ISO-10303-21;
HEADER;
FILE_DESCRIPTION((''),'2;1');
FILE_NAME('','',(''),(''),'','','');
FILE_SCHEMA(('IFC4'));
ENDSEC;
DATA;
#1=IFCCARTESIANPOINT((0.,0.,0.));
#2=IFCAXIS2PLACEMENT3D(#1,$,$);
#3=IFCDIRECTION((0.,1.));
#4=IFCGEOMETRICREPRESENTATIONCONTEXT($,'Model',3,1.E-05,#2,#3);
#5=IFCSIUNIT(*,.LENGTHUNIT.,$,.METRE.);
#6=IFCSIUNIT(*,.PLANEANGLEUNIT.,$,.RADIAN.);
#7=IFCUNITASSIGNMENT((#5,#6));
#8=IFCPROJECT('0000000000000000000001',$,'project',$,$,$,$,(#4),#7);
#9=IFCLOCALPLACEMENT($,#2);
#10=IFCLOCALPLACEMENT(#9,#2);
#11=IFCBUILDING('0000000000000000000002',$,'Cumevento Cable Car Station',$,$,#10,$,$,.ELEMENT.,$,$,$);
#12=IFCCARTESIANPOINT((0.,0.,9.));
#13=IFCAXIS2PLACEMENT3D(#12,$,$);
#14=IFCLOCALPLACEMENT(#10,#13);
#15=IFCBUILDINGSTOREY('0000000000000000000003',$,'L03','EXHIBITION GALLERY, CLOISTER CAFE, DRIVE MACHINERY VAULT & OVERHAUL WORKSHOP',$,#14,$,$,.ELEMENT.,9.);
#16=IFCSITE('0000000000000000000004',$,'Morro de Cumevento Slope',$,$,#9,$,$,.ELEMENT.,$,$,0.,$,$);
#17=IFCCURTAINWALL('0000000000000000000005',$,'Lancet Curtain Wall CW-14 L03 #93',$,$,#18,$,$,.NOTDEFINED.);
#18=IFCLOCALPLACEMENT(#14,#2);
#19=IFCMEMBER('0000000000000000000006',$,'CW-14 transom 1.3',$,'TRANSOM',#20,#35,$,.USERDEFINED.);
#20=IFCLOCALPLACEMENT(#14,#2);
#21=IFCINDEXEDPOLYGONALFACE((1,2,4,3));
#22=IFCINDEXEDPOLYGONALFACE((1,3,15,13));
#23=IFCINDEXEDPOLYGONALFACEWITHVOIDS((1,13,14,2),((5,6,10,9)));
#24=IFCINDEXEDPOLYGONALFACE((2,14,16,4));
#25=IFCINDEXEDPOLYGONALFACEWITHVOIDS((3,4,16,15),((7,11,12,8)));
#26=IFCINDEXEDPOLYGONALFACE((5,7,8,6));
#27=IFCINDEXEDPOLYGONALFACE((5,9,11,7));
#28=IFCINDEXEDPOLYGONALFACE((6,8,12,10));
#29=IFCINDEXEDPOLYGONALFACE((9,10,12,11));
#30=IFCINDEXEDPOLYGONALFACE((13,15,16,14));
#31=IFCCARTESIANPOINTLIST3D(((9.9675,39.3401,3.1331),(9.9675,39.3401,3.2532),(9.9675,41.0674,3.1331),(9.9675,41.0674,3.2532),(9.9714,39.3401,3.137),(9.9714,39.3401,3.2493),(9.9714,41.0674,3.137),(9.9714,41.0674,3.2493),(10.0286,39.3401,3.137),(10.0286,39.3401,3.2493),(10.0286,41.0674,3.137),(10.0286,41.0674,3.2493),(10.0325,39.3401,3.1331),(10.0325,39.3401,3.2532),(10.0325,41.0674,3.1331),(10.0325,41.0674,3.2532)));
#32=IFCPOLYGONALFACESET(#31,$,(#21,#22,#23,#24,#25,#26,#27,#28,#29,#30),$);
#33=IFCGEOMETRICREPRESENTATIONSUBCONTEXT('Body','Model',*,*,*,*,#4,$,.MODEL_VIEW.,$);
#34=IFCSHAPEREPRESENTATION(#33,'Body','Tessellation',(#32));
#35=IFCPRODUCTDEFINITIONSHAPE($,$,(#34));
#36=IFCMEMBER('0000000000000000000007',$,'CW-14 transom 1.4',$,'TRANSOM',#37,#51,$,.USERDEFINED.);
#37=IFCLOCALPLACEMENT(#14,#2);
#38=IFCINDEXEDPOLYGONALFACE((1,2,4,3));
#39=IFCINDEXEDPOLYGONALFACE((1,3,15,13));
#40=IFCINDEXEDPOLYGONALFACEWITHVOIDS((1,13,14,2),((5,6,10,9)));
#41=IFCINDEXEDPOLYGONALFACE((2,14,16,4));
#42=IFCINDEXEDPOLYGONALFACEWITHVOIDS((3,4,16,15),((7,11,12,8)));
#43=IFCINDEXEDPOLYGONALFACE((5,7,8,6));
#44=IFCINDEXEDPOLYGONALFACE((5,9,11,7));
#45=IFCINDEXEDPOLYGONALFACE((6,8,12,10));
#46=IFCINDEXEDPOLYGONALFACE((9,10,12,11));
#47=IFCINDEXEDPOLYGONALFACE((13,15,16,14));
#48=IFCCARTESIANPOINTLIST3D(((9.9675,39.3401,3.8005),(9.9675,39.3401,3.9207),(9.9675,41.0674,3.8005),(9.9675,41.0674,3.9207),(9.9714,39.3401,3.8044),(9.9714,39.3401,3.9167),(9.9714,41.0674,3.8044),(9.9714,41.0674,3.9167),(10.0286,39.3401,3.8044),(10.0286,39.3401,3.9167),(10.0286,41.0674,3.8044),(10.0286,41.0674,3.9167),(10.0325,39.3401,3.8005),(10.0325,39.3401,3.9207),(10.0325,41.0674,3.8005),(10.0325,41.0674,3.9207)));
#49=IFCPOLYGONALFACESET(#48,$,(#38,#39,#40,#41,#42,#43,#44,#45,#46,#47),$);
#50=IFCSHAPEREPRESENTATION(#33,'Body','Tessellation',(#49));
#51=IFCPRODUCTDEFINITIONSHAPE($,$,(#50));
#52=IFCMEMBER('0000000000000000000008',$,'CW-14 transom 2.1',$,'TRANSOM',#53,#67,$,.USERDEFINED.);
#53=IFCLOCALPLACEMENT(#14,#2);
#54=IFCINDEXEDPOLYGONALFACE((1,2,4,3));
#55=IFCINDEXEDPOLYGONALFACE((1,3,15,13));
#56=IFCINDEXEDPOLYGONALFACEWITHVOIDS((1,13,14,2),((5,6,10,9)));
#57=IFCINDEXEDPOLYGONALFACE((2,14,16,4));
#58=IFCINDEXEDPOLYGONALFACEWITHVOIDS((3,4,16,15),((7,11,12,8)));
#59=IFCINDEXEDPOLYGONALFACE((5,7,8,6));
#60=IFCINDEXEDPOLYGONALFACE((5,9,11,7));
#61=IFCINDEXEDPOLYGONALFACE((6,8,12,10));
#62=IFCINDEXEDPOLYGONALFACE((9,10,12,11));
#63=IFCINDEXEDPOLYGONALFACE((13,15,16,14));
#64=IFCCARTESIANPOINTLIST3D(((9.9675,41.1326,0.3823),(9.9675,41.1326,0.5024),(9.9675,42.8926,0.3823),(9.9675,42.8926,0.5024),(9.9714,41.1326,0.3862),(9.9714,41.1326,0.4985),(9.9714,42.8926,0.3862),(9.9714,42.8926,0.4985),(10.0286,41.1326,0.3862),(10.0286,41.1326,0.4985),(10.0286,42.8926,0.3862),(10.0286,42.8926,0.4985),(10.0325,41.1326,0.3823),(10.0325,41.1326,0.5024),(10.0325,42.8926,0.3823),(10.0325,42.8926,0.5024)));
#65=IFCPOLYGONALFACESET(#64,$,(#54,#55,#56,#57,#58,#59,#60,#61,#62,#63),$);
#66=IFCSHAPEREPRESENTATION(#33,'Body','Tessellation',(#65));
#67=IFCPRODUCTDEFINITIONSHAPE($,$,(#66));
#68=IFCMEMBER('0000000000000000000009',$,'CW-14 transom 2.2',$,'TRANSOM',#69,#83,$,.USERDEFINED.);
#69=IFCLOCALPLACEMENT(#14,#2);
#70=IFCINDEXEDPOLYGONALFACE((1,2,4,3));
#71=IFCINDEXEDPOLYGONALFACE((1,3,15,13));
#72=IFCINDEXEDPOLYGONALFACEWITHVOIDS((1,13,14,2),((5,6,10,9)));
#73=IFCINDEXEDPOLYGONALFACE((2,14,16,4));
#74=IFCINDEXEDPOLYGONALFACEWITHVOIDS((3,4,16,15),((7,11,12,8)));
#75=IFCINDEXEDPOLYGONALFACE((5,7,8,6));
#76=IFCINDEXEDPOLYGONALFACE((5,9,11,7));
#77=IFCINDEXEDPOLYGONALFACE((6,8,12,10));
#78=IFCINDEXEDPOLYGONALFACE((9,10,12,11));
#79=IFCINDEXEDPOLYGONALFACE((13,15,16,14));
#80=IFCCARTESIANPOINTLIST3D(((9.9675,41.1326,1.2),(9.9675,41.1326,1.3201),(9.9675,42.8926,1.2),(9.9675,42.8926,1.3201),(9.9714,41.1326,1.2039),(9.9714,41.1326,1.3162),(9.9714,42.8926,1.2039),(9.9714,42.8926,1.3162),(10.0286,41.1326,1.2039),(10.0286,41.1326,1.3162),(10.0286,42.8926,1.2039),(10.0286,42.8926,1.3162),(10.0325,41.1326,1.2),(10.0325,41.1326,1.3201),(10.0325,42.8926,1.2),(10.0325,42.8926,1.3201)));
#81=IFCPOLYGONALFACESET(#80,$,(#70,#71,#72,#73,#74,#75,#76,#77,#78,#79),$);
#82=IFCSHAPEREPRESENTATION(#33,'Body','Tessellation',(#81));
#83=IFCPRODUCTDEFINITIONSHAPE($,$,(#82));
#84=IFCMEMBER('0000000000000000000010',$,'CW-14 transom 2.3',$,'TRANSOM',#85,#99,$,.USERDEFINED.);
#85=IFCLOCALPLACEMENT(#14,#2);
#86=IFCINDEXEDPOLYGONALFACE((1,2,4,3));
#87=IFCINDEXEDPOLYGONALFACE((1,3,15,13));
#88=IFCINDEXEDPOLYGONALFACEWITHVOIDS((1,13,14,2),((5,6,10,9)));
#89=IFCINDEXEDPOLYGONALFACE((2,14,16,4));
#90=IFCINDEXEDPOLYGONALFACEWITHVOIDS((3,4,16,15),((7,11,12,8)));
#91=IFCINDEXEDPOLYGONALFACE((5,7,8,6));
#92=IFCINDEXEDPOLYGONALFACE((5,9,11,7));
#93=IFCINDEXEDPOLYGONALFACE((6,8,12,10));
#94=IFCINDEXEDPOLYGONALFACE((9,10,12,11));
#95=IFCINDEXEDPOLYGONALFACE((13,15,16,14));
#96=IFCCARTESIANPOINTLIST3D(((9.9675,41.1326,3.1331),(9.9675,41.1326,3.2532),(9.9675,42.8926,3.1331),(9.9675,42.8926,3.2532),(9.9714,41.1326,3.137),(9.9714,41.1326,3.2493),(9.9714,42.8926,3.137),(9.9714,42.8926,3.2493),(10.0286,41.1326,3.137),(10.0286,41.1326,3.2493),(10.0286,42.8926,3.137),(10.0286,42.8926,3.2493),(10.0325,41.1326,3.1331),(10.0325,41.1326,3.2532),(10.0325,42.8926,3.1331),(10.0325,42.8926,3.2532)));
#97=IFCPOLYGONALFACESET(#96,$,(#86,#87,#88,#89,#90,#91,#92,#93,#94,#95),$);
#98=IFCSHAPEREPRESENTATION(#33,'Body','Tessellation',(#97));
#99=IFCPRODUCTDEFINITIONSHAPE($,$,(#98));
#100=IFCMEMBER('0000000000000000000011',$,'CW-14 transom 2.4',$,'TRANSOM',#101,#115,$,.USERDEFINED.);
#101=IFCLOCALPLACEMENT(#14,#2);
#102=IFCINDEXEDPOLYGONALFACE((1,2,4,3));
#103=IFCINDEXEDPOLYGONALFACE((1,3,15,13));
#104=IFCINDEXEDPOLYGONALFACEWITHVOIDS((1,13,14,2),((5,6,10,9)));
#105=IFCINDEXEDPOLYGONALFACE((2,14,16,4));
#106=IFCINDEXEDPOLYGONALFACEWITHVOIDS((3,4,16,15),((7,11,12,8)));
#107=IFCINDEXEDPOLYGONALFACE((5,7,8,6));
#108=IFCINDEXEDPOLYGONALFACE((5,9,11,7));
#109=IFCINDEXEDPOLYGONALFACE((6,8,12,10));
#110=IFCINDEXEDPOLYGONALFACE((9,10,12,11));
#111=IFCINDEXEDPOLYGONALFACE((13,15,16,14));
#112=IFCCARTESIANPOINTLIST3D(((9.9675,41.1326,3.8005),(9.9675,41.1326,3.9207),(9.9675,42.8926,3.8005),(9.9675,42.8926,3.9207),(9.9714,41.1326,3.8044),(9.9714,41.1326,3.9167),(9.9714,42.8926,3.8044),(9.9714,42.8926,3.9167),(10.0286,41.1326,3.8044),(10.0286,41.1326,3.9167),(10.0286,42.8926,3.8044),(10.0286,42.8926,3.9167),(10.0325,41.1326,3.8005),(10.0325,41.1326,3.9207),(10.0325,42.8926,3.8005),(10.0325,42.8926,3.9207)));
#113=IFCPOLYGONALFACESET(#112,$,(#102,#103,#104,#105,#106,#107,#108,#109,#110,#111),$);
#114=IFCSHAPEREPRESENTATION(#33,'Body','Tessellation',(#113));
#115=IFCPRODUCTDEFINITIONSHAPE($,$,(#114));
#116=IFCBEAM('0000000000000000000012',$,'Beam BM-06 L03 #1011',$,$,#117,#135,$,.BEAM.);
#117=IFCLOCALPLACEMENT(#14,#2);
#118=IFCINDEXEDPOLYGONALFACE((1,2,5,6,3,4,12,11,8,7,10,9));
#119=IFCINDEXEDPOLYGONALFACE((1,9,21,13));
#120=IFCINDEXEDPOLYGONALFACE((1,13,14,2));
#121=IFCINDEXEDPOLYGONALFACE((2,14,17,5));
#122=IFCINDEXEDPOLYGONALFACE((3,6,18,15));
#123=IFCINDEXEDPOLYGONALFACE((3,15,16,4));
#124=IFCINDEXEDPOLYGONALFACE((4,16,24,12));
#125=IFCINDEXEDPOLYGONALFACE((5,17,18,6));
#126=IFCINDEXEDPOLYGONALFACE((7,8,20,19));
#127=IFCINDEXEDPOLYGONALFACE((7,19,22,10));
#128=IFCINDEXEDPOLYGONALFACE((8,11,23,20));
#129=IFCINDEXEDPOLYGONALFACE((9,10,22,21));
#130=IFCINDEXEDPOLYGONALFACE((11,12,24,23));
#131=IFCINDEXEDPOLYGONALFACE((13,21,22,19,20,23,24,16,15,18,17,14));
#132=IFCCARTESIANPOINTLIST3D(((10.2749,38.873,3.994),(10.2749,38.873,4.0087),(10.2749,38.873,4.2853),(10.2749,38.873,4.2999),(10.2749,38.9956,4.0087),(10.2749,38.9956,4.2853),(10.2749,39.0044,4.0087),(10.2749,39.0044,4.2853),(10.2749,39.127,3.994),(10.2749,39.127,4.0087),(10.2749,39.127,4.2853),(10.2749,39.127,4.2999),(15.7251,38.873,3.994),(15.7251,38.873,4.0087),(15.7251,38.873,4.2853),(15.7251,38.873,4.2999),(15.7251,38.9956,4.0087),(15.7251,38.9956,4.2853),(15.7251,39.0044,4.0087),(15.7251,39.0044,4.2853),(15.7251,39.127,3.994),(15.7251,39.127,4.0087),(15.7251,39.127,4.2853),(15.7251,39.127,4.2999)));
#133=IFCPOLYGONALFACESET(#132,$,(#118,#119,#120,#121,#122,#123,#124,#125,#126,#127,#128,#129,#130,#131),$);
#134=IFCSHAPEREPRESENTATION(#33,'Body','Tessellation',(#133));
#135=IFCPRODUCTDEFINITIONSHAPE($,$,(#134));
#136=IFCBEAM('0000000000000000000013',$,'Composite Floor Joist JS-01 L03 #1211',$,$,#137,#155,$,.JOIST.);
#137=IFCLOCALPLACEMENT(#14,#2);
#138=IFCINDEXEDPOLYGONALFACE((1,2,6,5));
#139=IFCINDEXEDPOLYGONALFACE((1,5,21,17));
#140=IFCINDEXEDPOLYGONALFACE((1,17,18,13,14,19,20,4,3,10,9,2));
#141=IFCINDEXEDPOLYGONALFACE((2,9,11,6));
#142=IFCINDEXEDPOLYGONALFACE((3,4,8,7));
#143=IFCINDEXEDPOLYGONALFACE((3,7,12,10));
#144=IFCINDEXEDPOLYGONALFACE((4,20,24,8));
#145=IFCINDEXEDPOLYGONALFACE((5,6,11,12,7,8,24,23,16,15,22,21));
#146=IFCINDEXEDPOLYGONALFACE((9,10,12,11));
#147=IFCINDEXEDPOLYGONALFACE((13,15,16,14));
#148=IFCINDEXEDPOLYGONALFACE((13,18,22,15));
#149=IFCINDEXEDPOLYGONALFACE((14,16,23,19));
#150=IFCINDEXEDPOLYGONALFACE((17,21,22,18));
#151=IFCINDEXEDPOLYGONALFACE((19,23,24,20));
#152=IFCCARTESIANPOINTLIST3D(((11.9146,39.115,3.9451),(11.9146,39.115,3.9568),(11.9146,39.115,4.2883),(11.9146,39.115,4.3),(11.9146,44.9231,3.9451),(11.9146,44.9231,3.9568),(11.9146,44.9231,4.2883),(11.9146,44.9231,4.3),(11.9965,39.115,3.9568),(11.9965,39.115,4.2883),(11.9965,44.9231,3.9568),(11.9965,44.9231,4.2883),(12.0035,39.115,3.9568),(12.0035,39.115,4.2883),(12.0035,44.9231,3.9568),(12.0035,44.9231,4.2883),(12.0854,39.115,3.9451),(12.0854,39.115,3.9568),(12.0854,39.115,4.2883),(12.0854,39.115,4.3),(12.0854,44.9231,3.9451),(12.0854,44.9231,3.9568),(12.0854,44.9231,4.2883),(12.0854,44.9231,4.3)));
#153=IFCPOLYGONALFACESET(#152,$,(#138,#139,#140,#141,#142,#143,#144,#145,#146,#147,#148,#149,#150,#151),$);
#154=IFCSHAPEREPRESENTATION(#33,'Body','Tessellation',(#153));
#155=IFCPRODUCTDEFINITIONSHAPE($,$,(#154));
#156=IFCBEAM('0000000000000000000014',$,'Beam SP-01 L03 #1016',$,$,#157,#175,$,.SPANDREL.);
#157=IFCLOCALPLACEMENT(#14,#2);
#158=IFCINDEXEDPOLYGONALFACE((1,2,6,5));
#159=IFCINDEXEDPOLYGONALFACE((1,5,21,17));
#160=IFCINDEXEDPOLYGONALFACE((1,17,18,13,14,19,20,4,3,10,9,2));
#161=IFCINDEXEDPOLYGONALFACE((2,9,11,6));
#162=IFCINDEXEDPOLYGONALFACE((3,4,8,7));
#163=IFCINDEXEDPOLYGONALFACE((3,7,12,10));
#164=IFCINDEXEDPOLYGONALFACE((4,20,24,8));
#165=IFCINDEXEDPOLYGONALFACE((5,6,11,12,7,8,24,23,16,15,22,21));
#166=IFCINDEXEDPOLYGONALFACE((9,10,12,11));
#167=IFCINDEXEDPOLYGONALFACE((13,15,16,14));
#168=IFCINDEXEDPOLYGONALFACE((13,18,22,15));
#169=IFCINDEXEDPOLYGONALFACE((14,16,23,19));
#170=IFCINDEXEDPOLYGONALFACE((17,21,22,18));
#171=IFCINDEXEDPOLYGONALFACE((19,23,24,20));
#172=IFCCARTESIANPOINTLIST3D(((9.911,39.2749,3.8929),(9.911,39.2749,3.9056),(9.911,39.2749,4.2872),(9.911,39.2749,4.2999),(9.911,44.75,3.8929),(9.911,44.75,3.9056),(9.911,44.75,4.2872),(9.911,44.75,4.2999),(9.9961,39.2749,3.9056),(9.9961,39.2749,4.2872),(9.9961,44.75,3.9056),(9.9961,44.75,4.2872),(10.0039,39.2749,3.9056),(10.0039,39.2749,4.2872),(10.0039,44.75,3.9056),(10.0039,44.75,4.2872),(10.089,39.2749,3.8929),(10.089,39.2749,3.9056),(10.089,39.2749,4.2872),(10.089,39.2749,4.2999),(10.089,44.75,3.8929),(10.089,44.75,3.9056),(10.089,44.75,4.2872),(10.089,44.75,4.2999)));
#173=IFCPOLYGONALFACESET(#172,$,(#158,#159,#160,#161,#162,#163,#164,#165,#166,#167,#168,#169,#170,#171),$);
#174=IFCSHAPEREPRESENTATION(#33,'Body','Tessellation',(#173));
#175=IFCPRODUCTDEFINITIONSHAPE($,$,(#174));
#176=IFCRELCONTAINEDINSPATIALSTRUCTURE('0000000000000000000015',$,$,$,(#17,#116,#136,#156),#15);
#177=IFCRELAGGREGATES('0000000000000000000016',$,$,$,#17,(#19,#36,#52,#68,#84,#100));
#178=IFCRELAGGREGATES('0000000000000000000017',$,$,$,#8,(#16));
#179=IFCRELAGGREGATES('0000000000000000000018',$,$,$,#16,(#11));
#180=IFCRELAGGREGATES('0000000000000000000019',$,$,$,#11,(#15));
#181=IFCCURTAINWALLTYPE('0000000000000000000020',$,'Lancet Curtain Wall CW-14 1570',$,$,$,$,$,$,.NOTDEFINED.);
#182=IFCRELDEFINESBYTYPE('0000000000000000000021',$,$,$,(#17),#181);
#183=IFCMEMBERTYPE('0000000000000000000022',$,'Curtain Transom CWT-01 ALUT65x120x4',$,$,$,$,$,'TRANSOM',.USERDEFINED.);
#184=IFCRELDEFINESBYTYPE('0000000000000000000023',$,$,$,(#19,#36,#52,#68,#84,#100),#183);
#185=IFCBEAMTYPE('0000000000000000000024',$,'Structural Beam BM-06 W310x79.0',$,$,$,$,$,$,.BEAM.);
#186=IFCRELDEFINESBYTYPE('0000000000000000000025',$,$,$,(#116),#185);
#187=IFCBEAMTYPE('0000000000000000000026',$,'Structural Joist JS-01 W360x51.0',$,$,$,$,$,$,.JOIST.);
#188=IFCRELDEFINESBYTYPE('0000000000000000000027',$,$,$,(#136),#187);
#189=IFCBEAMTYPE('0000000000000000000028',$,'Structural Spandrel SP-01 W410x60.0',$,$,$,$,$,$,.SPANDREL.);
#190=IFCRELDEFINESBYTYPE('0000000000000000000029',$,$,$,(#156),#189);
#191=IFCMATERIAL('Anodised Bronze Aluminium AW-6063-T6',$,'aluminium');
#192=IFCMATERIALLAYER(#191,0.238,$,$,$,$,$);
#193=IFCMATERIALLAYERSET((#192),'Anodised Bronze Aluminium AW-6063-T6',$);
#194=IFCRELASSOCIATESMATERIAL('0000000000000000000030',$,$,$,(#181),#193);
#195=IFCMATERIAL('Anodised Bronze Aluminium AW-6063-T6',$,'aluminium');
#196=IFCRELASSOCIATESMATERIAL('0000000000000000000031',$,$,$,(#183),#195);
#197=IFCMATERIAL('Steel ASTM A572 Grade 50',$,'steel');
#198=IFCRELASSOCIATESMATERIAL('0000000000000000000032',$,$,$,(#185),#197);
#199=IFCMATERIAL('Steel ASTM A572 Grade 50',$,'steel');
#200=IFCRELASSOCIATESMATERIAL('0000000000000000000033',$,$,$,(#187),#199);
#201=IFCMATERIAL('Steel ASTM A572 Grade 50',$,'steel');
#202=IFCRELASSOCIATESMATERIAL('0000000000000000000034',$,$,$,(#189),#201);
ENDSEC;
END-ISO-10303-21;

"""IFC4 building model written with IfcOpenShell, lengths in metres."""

from ifc_helpers import new_model, si_unit, direction, frame, origin, origin_2d, place, context, subcontext, project, spatial, hollow_rectangle, i_section, extrude, material, layer, layer_set, material_profile, profile_set, type_object, element, aggregate, save


model = new_model("IFC4")

# Units and contexts
model_context = context("Model", 3, precision=1e-05, world=origin(), true_north=direction((0.0, 1.0)))
body_context = subcontext(model_context, "Body", "Model", "MODEL_VIEW")
ifc_project = project(units=[si_unit("LENGTHUNIT", "METRE"), si_unit("PLANEANGLEUNIT", "RADIAN")], contexts=[model_context])

# Site, building, storey
site_placement = place(None, origin())
site = spatial("IfcSite", under=ifc_project, at=site_placement, Name="Morro de Cumevento Slope", CompositionType="ELEMENT", RefElevation=0.0)
building_placement = place(site_placement, origin())
building = spatial("IfcBuilding", under=site, at=building_placement, Name="Cumevento Cable Car Station", CompositionType="ELEMENT")
storey_placement = place(building_placement, frame((0.0, 0.0, 9.0)))
storey = spatial("IfcBuildingStorey", under=building, at=storey_placement, Name="L03", Description="EXHIBITION GALLERY, CLOISTER CAFE, DRIVE MACHINERY VAULT & OVERHAUL WORKSHOP", CompositionType="ELEMENT", Elevation=9.0)

# Curtain wall
ifc_material_1 = material(Name="Anodised Bronze Aluminium AW-6063-T6", Category="aluminium")
ifc_layer_1 = layer(ifc_material_1, 0.238)
ifc_layer_set_1 = layer_set([ifc_layer_1], Name="Anodised Bronze Aluminium AW-6063-T6")
curtain_wall_type_1 = type_object("IfcCurtainWallType", Name="Lancet Curtain Wall CW-14 1570", PredefinedType="NOTDEFINED", material=ifc_layer_set_1)
curtain_wall_1_placement = place(storey_placement, origin())
curtain_wall_1 = element("IfcCurtainWall", 1, at=curtain_wall_1_placement, inside=storey, type_object=curtain_wall_type_1, Name="Lancet Curtain Wall CW-14 L03 #93", PredefinedType="NOTDEFINED")

# Members
ifc_material_2 = material(Name="Anodised Bronze Aluminium AW-6063-T6", Category="aluminium")
ifc_material_profile_1 = material_profile(ifc_material_2, hollow_rectangle(XDim=0.0649, YDim=0.1201, WallThickness=0.0039, at=origin_2d()), Name="ALUT65x120x4")
ifc_profile_set_1 = profile_set([ifc_material_profile_1], Name="Anodised Bronze Aluminium AW-6063-T6")
member_type_1 = type_object("IfcMemberType", Name="Curtain Transom CWT-01 ALUT65x120x4", ElementType="TRANSOM", PredefinedType="USERDEFINED", material=ifc_profile_set_1)
member_1_placement = place(storey_placement, frame((10.0, 39.3401, 3.1931), z_axis=(0.0, 1.0, 0.0), x_axis=(-1.0, 0.0, 0.0)))
member_1 = element("IfcMember", 2, at=member_1_placement, type_object=member_type_1, Name="CW-14 transom 1.3", ObjectType="TRANSOM", PredefinedType="USERDEFINED", context=body_context, shape_type="SweptSolid", body=[
    extrude(hollow_rectangle(XDim=0.0649, YDim=0.1201, WallThickness=0.0039, at=origin_2d()), origin(), (0.0, 0.0, 1.0), 1.7273),
])
member_2_placement = place(storey_placement, frame((10.0, 39.3401, 3.8606), z_axis=(0.0, 1.0, 0.0), x_axis=(-1.0, 0.0, 0.0)))
member_2 = element("IfcMember", 3, at=member_2_placement, type_object=member_type_1, Name="CW-14 transom 1.4", ObjectType="TRANSOM", PredefinedType="USERDEFINED", context=body_context, shape_type="SweptSolid", body=[
    extrude(hollow_rectangle(XDim=0.0649, YDim=0.1201, WallThickness=0.0039, at=origin_2d()), origin(), (0.0, 0.0, 1.0), 1.7273),
])
member_3_placement = place(storey_placement, frame((10.0, 41.1326, 0.4424), z_axis=(0.0, 1.0, 0.0), x_axis=(-1.0, 0.0, 0.0)))
member_3 = element("IfcMember", 4, at=member_3_placement, type_object=member_type_1, Name="CW-14 transom 2.1", ObjectType="TRANSOM", PredefinedType="USERDEFINED", context=body_context, shape_type="SweptSolid", body=[
    extrude(hollow_rectangle(XDim=0.0649, YDim=0.1201, WallThickness=0.0039, at=origin_2d()), origin(), (0.0, 0.0, 1.0), 1.76),
])
member_4_placement = place(storey_placement, frame((10.0, 41.1326, 1.26), z_axis=(0.0, 1.0, 0.0), x_axis=(-1.0, 0.0, 0.0)))
member_4 = element("IfcMember", 5, at=member_4_placement, type_object=member_type_1, Name="CW-14 transom 2.2", ObjectType="TRANSOM", PredefinedType="USERDEFINED", context=body_context, shape_type="SweptSolid", body=[
    extrude(hollow_rectangle(XDim=0.0649, YDim=0.1201, WallThickness=0.0039, at=origin_2d()), origin(), (0.0, 0.0, 1.0), 1.76),
])
member_5_placement = place(storey_placement, frame((10.0, 41.1326, 3.1931), z_axis=(0.0, 1.0, 0.0), x_axis=(-1.0, 0.0, 0.0)))
member_5 = element("IfcMember", 6, at=member_5_placement, type_object=member_type_1, Name="CW-14 transom 2.3", ObjectType="TRANSOM", PredefinedType="USERDEFINED", context=body_context, shape_type="SweptSolid", body=[
    extrude(hollow_rectangle(XDim=0.0649, YDim=0.1201, WallThickness=0.0039, at=origin_2d()), origin(), (0.0, 0.0, 1.0), 1.76),
])
member_6_placement = place(storey_placement, frame((10.0, 41.1326, 3.8606), z_axis=(0.0, 1.0, 0.0), x_axis=(-1.0, 0.0, 0.0)))
member_6 = element("IfcMember", 7, at=member_6_placement, type_object=member_type_1, Name="CW-14 transom 2.4", ObjectType="TRANSOM", PredefinedType="USERDEFINED", context=body_context, shape_type="SweptSolid", body=[
    extrude(hollow_rectangle(XDim=0.0649, YDim=0.1201, WallThickness=0.0039, at=origin_2d()), origin(), (0.0, 0.0, 1.0), 1.76),
])

# Beams
ifc_material_3 = material(Name="Steel ASTM A572 Grade 50", Category="steel")
ifc_material_profile_2 = material_profile(ifc_material_3, i_section(OverallWidth=0.2539, OverallDepth=0.3059, WebThickness=0.0088, FlangeThickness=0.0146, at=origin_2d()), Name="W310x79.0")
ifc_profile_set_2 = profile_set([ifc_material_profile_2], Name="Steel ASTM A572 Grade 50")
beam_type_1 = type_object("IfcBeamType", Name="Structural Beam BM-06 W310x79.0", PredefinedType="BEAM", material=ifc_profile_set_2)
beam_1_placement = place(storey_placement, frame((10.2749, 39.0, 4.147), z_axis=(1.0, 0.0, 0.0), x_axis=(0.0, 1.0, 0.0)))
element("IfcBeam", 8, at=beam_1_placement, inside=storey, type_object=beam_type_1, Name="Beam BM-06 L03 #1011", PredefinedType="BEAM", context=body_context, shape_type="SweptSolid", body=[
    extrude(i_section(OverallWidth=0.2539, OverallDepth=0.3059, WebThickness=0.0088, FlangeThickness=0.0146, at=origin_2d()), origin(), (0.0, 0.0, 1.0), 5.4502),
])
ifc_material_4 = material(Name="Steel ASTM A572 Grade 50", Category="steel")
ifc_material_profile_3 = material_profile(ifc_material_4, i_section(OverallWidth=0.1709, OverallDepth=0.355, WebThickness=0.0071, FlangeThickness=0.0117, at=origin_2d()), Name="W360x51.0")
ifc_profile_set_3 = profile_set([ifc_material_profile_3], Name="Steel ASTM A572 Grade 50")
beam_type_2 = type_object("IfcBeamType", Name="Structural Joist JS-01 W360x51.0", PredefinedType="JOIST", material=ifc_profile_set_3)
beam_2_placement = place(storey_placement, frame((12.0, 39.115, 4.1226), z_axis=(0.0, 1.0, 0.0), x_axis=(-1.0, 0.0, 0.0)))
element("IfcBeam", 9, at=beam_2_placement, inside=storey, type_object=beam_type_2, Name="Composite Floor Joist JS-01 L03 #1211", PredefinedType="JOIST", context=body_context, shape_type="SweptSolid", body=[
    extrude(i_section(OverallWidth=0.1709, OverallDepth=0.355, WebThickness=0.0071, FlangeThickness=0.0117, at=origin_2d()), origin(), (0.0, 0.0, 1.0), 5.8081),
])
ifc_material_5 = material(Name="Steel ASTM A572 Grade 50", Category="steel")
ifc_material_profile_4 = material_profile(ifc_material_5, i_section(OverallWidth=0.178, OverallDepth=0.407, WebThickness=0.0078, FlangeThickness=0.0127, at=origin_2d()), Name="W410x60.0")
ifc_profile_set_4 = profile_set([ifc_material_profile_4], Name="Steel ASTM A572 Grade 50")
beam_type_3 = type_object("IfcBeamType", Name="Structural Spandrel SP-01 W410x60.0", PredefinedType="SPANDREL", material=ifc_profile_set_4)
beam_3_placement = place(storey_placement, frame((10.0, 39.2749, 4.0964), z_axis=(0.0, 1.0, 0.0), x_axis=(-1.0, 0.0, 0.0)))
element("IfcBeam", 10, at=beam_3_placement, inside=storey, type_object=beam_type_3, Name="Beam SP-01 L03 #1016", PredefinedType="SPANDREL", context=body_context, shape_type="SweptSolid", body=[
    extrude(i_section(OverallWidth=0.178, OverallDepth=0.407, WebThickness=0.0078, FlangeThickness=0.0127, at=origin_2d()), origin(), (0.0, 0.0, 1.0), 5.4751),
])

aggregate(curtain_wall_1, [member_1, member_2, member_3, member_4, member_5, member_6])

save(model, "model.ifc")
